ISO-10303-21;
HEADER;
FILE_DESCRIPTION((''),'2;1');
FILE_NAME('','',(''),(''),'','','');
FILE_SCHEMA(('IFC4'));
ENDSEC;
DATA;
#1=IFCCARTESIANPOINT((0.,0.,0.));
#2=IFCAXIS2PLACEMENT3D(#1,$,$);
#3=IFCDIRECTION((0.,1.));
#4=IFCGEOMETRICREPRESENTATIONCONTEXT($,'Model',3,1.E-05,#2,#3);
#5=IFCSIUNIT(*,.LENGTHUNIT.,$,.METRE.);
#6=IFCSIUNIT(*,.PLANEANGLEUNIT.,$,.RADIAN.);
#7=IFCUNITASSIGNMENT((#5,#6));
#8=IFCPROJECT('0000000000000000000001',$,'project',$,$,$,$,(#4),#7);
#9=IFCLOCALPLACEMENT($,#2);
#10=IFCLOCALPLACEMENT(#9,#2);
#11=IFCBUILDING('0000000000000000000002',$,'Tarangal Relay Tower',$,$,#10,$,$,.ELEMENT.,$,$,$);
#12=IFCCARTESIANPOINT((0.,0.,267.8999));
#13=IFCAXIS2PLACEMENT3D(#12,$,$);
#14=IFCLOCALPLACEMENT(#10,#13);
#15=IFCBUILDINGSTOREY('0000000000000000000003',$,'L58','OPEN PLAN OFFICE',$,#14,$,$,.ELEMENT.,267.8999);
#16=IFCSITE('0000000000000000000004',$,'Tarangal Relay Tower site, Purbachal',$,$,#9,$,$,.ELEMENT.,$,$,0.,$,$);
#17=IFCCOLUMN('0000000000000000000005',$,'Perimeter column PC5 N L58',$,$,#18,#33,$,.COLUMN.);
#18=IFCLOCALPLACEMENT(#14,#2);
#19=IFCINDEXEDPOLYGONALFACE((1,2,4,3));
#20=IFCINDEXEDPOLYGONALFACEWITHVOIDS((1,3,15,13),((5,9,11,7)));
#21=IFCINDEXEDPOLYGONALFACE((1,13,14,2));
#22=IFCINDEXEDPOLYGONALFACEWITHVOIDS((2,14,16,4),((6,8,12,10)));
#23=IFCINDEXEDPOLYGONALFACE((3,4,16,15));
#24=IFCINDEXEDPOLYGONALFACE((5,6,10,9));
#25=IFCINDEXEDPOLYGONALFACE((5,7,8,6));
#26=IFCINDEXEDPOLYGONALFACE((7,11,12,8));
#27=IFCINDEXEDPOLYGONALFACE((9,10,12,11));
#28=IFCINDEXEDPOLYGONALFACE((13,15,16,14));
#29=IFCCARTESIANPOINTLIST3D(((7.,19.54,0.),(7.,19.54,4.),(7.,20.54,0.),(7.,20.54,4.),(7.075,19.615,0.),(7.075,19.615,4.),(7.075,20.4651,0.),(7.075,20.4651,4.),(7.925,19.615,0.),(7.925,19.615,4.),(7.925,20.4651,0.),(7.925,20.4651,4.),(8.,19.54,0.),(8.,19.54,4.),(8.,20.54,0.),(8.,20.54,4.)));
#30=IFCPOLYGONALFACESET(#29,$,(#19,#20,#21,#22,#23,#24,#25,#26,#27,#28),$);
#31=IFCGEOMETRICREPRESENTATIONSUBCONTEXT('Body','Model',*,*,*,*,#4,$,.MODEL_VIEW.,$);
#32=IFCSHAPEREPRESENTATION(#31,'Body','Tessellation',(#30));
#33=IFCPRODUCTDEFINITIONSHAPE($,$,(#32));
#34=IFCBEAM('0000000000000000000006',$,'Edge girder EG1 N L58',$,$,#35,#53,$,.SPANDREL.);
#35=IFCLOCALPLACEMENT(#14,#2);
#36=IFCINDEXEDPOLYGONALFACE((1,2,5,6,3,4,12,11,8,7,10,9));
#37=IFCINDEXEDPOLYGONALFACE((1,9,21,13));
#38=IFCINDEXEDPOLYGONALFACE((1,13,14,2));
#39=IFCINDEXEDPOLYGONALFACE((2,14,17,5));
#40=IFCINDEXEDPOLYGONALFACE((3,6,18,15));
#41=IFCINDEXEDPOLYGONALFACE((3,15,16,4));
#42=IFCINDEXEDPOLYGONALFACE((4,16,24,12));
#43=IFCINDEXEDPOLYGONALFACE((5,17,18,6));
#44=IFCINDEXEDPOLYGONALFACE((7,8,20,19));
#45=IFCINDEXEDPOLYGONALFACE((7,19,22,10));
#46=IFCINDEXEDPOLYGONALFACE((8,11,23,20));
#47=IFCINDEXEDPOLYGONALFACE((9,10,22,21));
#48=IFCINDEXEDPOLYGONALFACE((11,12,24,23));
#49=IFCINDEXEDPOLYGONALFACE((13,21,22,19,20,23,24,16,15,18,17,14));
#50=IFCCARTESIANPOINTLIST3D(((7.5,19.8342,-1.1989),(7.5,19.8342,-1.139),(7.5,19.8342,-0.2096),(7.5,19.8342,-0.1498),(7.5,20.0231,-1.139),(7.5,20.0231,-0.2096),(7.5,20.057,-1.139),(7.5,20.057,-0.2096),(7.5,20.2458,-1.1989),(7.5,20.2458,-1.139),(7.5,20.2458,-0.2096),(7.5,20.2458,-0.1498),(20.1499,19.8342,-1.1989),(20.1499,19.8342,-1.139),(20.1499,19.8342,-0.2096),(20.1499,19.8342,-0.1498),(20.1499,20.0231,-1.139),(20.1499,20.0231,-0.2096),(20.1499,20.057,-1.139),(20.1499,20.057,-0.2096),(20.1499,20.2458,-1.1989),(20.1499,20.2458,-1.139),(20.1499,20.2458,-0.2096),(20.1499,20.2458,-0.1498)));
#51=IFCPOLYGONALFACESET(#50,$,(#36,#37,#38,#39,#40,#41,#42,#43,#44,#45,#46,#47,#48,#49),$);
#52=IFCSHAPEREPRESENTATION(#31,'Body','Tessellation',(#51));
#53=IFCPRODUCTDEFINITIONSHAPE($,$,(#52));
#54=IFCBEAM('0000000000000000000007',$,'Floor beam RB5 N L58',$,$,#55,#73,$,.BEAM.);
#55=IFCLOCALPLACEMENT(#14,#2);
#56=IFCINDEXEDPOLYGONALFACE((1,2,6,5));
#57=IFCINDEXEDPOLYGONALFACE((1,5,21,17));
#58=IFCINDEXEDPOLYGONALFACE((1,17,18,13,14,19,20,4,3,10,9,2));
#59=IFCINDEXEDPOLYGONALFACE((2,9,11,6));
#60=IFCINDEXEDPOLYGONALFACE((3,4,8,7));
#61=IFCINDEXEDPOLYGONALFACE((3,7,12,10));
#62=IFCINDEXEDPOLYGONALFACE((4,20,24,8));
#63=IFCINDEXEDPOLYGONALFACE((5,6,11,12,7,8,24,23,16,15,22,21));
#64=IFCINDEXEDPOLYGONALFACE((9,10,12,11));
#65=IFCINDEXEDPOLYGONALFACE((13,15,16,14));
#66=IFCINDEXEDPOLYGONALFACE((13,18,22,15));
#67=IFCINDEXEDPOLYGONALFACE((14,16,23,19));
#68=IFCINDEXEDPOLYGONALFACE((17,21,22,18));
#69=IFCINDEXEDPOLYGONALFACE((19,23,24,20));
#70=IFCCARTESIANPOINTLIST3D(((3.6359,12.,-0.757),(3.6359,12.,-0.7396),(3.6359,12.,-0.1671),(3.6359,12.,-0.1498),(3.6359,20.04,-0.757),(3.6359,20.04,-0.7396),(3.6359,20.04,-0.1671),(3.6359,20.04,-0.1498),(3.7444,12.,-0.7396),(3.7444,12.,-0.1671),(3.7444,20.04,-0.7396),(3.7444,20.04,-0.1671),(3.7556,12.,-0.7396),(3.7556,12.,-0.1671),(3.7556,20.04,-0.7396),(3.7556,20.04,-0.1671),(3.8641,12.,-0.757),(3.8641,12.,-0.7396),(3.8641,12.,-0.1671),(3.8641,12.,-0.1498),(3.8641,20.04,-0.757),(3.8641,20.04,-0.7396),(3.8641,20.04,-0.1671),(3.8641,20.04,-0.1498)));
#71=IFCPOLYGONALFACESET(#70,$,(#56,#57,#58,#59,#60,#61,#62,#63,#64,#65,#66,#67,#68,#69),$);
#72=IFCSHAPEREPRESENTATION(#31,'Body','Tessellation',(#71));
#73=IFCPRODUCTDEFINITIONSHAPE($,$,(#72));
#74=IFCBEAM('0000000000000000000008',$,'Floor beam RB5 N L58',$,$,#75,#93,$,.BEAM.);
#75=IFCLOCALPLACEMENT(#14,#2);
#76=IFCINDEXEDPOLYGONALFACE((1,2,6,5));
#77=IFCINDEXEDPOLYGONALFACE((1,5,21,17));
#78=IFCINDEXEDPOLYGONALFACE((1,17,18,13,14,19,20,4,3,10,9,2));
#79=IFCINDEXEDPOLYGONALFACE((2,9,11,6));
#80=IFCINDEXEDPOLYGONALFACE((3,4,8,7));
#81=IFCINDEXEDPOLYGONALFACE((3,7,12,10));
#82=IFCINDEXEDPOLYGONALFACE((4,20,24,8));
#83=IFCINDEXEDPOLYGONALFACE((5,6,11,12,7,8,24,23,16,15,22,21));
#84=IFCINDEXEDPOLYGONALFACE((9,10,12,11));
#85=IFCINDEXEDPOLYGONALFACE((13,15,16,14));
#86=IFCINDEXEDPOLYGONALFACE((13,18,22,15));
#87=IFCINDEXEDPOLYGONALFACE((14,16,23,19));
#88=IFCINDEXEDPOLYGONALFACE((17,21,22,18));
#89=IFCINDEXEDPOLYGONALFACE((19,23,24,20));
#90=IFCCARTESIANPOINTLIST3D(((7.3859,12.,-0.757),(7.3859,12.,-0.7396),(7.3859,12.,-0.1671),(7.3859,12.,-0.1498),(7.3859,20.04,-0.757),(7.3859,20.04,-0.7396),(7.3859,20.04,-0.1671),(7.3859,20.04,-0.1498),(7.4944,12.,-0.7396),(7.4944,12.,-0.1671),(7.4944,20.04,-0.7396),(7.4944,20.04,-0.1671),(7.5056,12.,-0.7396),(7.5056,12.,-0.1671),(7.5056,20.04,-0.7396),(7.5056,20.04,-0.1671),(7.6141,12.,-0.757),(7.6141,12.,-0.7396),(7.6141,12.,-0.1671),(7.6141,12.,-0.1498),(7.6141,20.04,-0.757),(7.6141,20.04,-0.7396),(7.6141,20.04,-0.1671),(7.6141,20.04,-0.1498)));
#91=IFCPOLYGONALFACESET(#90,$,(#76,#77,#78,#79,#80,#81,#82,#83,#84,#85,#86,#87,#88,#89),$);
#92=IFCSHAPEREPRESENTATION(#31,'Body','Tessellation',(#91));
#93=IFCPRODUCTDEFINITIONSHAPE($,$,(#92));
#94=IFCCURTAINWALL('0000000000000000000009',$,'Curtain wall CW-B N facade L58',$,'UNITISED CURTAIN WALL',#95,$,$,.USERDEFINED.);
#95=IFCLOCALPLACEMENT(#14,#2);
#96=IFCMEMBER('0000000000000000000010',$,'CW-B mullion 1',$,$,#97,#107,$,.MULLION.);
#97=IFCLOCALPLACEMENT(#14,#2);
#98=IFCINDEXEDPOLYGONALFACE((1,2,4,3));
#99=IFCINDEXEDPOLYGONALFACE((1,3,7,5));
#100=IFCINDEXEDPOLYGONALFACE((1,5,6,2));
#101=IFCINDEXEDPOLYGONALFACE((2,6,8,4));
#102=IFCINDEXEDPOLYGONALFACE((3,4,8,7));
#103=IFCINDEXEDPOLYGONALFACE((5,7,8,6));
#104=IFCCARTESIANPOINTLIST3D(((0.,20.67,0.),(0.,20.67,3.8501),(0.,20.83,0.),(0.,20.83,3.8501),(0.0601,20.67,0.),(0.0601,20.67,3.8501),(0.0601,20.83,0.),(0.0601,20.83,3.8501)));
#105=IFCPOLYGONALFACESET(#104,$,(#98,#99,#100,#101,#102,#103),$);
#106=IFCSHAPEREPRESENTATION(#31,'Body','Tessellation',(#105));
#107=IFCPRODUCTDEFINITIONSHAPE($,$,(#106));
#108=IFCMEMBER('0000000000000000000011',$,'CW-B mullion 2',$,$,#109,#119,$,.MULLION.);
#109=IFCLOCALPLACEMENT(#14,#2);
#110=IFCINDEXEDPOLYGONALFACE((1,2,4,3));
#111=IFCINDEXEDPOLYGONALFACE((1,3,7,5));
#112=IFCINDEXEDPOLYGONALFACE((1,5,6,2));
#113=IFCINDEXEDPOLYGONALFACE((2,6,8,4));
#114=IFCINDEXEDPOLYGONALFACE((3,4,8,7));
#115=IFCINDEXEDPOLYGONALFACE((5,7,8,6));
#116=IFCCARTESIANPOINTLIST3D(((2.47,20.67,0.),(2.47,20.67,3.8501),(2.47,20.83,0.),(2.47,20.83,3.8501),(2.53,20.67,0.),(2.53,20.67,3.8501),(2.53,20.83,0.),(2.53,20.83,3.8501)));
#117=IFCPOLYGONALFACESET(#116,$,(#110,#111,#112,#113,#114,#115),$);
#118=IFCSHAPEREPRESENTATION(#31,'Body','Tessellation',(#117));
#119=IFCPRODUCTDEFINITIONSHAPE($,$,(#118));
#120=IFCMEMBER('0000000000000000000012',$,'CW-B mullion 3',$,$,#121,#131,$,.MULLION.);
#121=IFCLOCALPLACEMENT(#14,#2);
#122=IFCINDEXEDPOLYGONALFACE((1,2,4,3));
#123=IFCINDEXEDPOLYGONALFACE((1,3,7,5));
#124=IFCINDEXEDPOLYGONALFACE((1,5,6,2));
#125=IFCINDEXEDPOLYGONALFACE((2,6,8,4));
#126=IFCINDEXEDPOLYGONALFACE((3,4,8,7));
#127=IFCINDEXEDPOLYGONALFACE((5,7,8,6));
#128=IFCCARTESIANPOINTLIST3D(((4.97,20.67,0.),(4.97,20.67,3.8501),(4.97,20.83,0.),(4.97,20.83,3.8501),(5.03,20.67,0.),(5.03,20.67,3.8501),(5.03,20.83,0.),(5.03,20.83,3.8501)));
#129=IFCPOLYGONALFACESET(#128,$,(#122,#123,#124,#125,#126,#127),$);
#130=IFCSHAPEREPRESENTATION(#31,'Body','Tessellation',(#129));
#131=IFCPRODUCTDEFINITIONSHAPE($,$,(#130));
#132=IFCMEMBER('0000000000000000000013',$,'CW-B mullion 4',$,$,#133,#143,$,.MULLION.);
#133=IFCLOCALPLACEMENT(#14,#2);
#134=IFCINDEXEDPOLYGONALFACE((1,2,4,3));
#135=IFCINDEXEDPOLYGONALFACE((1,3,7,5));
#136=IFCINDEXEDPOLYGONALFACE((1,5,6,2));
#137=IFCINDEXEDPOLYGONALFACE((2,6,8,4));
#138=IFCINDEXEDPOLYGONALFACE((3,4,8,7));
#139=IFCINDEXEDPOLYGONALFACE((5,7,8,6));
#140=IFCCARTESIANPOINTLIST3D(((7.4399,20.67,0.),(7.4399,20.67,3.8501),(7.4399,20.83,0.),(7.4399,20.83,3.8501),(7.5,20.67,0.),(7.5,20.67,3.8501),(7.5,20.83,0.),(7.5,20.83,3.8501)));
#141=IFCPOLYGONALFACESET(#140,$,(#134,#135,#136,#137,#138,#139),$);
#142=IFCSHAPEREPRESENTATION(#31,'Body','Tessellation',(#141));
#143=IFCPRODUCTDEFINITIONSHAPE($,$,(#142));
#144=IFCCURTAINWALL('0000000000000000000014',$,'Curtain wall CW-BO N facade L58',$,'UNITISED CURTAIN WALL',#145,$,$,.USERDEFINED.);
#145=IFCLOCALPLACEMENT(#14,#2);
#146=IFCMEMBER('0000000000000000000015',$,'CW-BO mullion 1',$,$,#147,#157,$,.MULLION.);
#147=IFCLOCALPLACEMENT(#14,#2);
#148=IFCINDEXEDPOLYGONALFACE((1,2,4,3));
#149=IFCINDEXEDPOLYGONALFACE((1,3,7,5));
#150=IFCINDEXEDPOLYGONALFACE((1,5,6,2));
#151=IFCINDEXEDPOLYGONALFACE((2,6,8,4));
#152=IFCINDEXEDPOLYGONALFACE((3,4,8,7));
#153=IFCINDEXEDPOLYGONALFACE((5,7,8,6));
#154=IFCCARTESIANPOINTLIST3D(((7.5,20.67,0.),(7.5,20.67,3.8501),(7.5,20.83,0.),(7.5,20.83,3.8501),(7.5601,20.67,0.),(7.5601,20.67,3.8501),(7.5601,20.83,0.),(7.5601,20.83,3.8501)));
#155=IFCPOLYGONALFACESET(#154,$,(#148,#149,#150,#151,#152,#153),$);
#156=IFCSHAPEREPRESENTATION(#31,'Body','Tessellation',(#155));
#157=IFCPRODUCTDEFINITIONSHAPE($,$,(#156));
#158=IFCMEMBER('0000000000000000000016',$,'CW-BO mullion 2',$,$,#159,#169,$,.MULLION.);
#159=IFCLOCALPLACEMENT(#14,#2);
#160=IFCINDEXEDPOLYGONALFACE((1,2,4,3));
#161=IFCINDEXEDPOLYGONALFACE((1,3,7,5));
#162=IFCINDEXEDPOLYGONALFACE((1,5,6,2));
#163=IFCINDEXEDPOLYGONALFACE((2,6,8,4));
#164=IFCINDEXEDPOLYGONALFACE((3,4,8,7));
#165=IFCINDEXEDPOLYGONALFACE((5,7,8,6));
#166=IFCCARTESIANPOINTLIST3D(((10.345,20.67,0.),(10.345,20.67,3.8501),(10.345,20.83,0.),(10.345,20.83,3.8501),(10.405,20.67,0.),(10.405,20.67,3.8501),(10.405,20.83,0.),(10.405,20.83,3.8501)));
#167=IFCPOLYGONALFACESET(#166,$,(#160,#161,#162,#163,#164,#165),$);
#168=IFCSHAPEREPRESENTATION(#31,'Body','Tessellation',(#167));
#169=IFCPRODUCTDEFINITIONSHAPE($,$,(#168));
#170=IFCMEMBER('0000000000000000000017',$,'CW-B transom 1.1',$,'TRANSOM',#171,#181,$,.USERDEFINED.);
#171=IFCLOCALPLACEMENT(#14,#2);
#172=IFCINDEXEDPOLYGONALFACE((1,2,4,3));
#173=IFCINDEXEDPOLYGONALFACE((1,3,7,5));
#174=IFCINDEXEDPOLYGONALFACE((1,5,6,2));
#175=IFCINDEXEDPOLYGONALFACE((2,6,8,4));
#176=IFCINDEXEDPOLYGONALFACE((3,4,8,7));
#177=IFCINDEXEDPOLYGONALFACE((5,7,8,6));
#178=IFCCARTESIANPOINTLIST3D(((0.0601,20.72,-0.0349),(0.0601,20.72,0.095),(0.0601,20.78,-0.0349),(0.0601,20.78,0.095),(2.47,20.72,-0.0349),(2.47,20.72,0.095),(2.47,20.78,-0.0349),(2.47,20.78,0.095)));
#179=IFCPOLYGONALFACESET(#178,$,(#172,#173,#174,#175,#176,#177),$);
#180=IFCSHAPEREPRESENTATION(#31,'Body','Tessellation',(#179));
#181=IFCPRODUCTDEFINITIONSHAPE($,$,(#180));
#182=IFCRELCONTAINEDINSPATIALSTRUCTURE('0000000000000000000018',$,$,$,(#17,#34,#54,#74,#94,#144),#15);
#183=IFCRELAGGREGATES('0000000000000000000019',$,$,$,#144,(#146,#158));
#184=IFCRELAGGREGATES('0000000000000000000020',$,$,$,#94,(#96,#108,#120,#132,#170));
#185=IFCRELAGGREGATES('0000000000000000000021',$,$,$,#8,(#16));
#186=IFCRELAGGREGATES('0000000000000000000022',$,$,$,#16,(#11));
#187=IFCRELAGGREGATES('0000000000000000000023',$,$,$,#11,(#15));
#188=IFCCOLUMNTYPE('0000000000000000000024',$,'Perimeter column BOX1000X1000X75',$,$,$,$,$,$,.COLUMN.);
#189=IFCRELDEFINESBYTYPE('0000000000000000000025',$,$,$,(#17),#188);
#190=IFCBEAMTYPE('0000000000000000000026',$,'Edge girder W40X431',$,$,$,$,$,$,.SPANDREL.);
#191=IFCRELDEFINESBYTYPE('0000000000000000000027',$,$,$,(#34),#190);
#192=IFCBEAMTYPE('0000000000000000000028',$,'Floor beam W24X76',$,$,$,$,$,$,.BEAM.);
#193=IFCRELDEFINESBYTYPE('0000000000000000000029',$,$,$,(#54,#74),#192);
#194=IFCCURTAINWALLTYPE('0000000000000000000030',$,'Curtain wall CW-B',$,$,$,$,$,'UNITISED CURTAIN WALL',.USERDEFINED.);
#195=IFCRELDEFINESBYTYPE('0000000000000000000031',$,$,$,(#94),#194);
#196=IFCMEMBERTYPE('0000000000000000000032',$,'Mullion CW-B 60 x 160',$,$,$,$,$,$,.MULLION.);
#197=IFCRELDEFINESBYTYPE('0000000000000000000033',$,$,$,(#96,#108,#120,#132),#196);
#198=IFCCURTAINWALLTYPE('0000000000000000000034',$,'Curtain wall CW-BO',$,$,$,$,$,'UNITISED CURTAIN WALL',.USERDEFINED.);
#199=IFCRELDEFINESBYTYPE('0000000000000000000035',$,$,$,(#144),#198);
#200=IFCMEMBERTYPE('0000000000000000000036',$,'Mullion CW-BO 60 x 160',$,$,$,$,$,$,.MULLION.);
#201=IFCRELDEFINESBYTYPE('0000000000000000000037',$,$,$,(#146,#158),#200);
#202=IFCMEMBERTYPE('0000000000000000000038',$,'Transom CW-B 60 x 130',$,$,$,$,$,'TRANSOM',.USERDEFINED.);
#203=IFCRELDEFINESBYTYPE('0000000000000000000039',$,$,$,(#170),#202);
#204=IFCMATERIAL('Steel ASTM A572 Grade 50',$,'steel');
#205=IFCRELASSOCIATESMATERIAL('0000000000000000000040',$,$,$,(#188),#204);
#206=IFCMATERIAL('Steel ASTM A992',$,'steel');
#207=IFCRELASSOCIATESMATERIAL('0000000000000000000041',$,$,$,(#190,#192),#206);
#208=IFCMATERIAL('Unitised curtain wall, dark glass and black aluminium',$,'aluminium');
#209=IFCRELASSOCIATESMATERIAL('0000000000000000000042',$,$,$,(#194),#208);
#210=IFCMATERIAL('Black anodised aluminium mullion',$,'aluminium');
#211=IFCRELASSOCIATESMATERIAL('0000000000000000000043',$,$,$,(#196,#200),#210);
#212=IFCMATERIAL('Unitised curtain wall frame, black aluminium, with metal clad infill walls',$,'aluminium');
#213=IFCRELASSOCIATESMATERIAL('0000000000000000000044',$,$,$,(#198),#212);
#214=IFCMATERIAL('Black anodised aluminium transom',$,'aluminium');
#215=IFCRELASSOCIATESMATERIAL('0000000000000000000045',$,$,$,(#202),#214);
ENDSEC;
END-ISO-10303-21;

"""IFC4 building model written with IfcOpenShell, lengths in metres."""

from ifc_helpers import new_model, si_unit, direction, frame, origin, origin_2d, place, context, subcontext, project, spatial, rectangle, hollow_rectangle, i_section, extrude, material, material_profile, profile_set, type_object, element, aggregate, save


model = new_model("IFC4")

# Units and contexts
model_context = context("Model", 3, precision=1e-05, world=origin(), true_north=direction((0.0, 1.0)))
body_context = subcontext(model_context, "Body", "Model", "MODEL_VIEW")
ifc_project = project(units=[si_unit("LENGTHUNIT", "METRE"), si_unit("PLANEANGLEUNIT", "RADIAN")], contexts=[model_context])

# Site, building, storey
site_placement = place(None, origin())
site = spatial("IfcSite", under=ifc_project, at=site_placement, Name="Tarangal Relay Tower site, Purbachal", CompositionType="ELEMENT", RefElevation=0.0)
building_placement = place(site_placement, origin())
building = spatial("IfcBuilding", under=site, at=building_placement, Name="Tarangal Relay Tower", CompositionType="ELEMENT")
storey_placement = place(building_placement, frame((0.0, 0.0, 267.8999)))
storey = spatial("IfcBuildingStorey", under=building, at=storey_placement, Name="L58", Description="OPEN PLAN OFFICE", CompositionType="ELEMENT", Elevation=267.8999)

# Column
ifc_material_1 = material(Name="Steel ASTM A572 Grade 50", Category="steel")
ifc_material_profile_1 = material_profile(ifc_material_1, hollow_rectangle(XDim=1.0, YDim=1.0, WallThickness=0.075, at=origin_2d()), Name="BOX1000X1000X75")
ifc_profile_set_1 = profile_set([ifc_material_profile_1], Name="Steel ASTM A572 Grade 50")
column_type = type_object("IfcColumnType", Name="Perimeter column BOX1000X1000X75", PredefinedType="COLUMN", material=ifc_profile_set_1)
column_placement = place(storey_placement, frame((7.5, 20.04, 0.0), z_axis=(0.0, 0.0, 1.0), x_axis=(1.0, 0.0, 0.0)))
element("IfcColumn", 1, at=column_placement, inside=storey, type_object=column_type, Name="Perimeter column PC5 N L58", PredefinedType="COLUMN", context=body_context, shape_type="SweptSolid", body=[
    extrude(hollow_rectangle(XDim=1.0, YDim=1.0, WallThickness=0.075, at=origin_2d()), origin(), (0.0, 0.0, 1.0), 4.0),
])

# Beams
ifc_material_2 = material(Name="Steel ASTM A992", Category="steel")
ifc_material_profile_2 = material_profile(ifc_material_2, i_section(OverallWidth=0.4116, OverallDepth=1.0491, WebThickness=0.0339, FlangeThickness=0.0598, at=origin_2d()), Name="W40X431")
ifc_profile_set_2 = profile_set([ifc_material_profile_2], Name="Steel ASTM A992")
beam_type_1 = type_object("IfcBeamType", Name="Edge girder W40X431", PredefinedType="SPANDREL", material=ifc_profile_set_2)
beam_placement = place(storey_placement, frame((7.5, 20.04, -0.6743), z_axis=(1.0, 0.0, 0.0), x_axis=(0.0, 1.0, 0.0)))
element("IfcBeam", 2, at=beam_placement, inside=storey, type_object=beam_type_1, Name="Edge girder EG1 N L58", PredefinedType="SPANDREL", context=body_context, shape_type="SweptSolid", body=[
    extrude(i_section(OverallWidth=0.4116, OverallDepth=1.0491, WebThickness=0.0339, FlangeThickness=0.0598, at=origin_2d()), origin(), (0.0, 0.0, 1.0), 12.6499),
])
ifc_material_profile_3 = material_profile(ifc_material_2, i_section(OverallWidth=0.2283, OverallDepth=0.6072, WebThickness=0.0112, FlangeThickness=0.0173, at=origin_2d()), Name="W24X76")
ifc_profile_set_3 = profile_set([ifc_material_profile_3], Name="Steel ASTM A992")
beam_type_2 = type_object("IfcBeamType", Name="Floor beam W24X76", PredefinedType="BEAM", material=ifc_profile_set_3)
for number, where, z_axis, x_axis, name in (
    (3, (3.75, 12.0, -0.4534), (0.0, 1.0, 0.0), (-1.0, 0.0, 0.0), "Floor beam RB5 N L58"),
    (4, (7.5, 12.0, -0.4534), (0.0, 1.0, 0.0), (-1.0, 0.0, 0.0), "Floor beam RB5 N L58"),
):
    element("IfcBeam", number, at=place(storey_placement, frame(where, z_axis=z_axis, x_axis=x_axis)), inside=storey, type_object=beam_type_2, Name=name, PredefinedType="BEAM", context=body_context, shape_type="SweptSolid", body=[
        extrude(i_section(OverallWidth=0.2283, OverallDepth=0.6072, WebThickness=0.0112, FlangeThickness=0.0173, at=origin_2d()), origin(), (0.0, 0.0, 1.0), 8.04),
    ])

# Curtain walls, members
ifc_material_3 = material(Name="Unitised curtain wall, dark glass and black aluminium", Category="aluminium")
curtain_wall_type_1 = type_object("IfcCurtainWallType", Name="Curtain wall CW-B", ElementType="UNITISED CURTAIN WALL", PredefinedType="USERDEFINED", material=ifc_material_3)
curtain_wall_1_placement = place(storey_placement, origin())
curtain_wall_1 = element("IfcCurtainWall", 5, at=curtain_wall_1_placement, inside=storey, type_object=curtain_wall_type_1, Name="Curtain wall CW-B N facade L58", ObjectType="UNITISED CURTAIN WALL", PredefinedType="USERDEFINED")
ifc_material_4 = material(Name="Black anodised aluminium mullion", Category="aluminium")
ifc_material_profile_4 = material_profile(ifc_material_4, rectangle(XDim=0.1599, YDim=0.0601, at=origin_2d()), Name="CW-BM 60X160")
ifc_profile_set_4 = profile_set([ifc_material_profile_4], Name="Black anodised aluminium mullion")
member_type_1 = type_object("IfcMemberType", Name="Mullion CW-B 60 x 160", PredefinedType="MULLION", material=ifc_profile_set_4)
member_1_placement = place(storey_placement, frame((0.03, 20.75, 0.0), z_axis=(0.0, 0.0, 1.0), x_axis=(0.0, 1.0, 0.0)))
member_1 = element("IfcMember", 6, at=member_1_placement, type_object=member_type_1, Name="CW-B mullion 1", PredefinedType="MULLION", context=body_context, shape_type="SweptSolid", body=[
    extrude(rectangle(XDim=0.1599, YDim=0.0601, at=origin_2d()), origin(), (0.0, 0.0, 1.0), 3.8501),
])
member_2_placement = place(storey_placement, frame((2.5, 20.75, 0.0), z_axis=(0.0, 0.0, 1.0), x_axis=(0.0, 1.0, 0.0)))
member_2 = element("IfcMember", 7, at=member_2_placement, type_object=member_type_1, Name="CW-B mullion 2", PredefinedType="MULLION", context=body_context, shape_type="SweptSolid", body=[
    extrude(rectangle(XDim=0.1599, YDim=0.0601, at=origin_2d()), origin(), (0.0, 0.0, 1.0), 3.8501),
])
member_3_placement = place(storey_placement, frame((5.0, 20.75, 0.0), z_axis=(0.0, 0.0, 1.0), x_axis=(0.0, 1.0, 0.0)))
member_3 = element("IfcMember", 8, at=member_3_placement, type_object=member_type_1, Name="CW-B mullion 3", PredefinedType="MULLION", context=body_context, shape_type="SweptSolid", body=[
    extrude(rectangle(XDim=0.1599, YDim=0.0601, at=origin_2d()), origin(), (0.0, 0.0, 1.0), 3.8501),
])
member_4_placement = place(storey_placement, frame((7.47, 20.75, 0.0), z_axis=(0.0, 0.0, 1.0), x_axis=(0.0, 1.0, 0.0)))
member_4 = element("IfcMember", 9, at=member_4_placement, type_object=member_type_1, Name="CW-B mullion 4", PredefinedType="MULLION", context=body_context, shape_type="SweptSolid", body=[
    extrude(rectangle(XDim=0.1599, YDim=0.0601, at=origin_2d()), origin(), (0.0, 0.0, 1.0), 3.8501),
])
ifc_material_5 = material(Name="Unitised curtain wall frame, black aluminium, with metal clad infill walls", Category="aluminium")
curtain_wall_type_2 = type_object("IfcCurtainWallType", Name="Curtain wall CW-BO", ElementType="UNITISED CURTAIN WALL", PredefinedType="USERDEFINED", material=ifc_material_5)
curtain_wall_2_placement = place(storey_placement, origin())
curtain_wall_2 = element("IfcCurtainWall", 10, at=curtain_wall_2_placement, inside=storey, type_object=curtain_wall_type_2, Name="Curtain wall CW-BO N facade L58", ObjectType="UNITISED CURTAIN WALL", PredefinedType="USERDEFINED")
ifc_material_profile_5 = material_profile(ifc_material_4, rectangle(XDim=0.1599, YDim=0.0601, at=origin_2d()), Name="CW-BOM 60X160")
ifc_profile_set_5 = profile_set([ifc_material_profile_5], Name="Black anodised aluminium mullion")
member_type_2 = type_object("IfcMemberType", Name="Mullion CW-BO 60 x 160", PredefinedType="MULLION", material=ifc_profile_set_5)
member_5_placement = place(storey_placement, frame((7.53, 20.75, 0.0), z_axis=(0.0, 0.0, 1.0), x_axis=(0.0, 1.0, 0.0)))
member_5 = element("IfcMember", 11, at=member_5_placement, type_object=member_type_2, Name="CW-BO mullion 1", PredefinedType="MULLION", context=body_context, shape_type="SweptSolid", body=[
    extrude(rectangle(XDim=0.1599, YDim=0.0601, at=origin_2d()), origin(), (0.0, 0.0, 1.0), 3.8501),
])
member_6_placement = place(storey_placement, frame((10.375, 20.75, 0.0), z_axis=(0.0, 0.0, 1.0), x_axis=(0.0, 1.0, 0.0)))
member_6 = element("IfcMember", 12, at=member_6_placement, type_object=member_type_2, Name="CW-BO mullion 2", PredefinedType="MULLION", context=body_context, shape_type="SweptSolid", body=[
    extrude(rectangle(XDim=0.1599, YDim=0.0601, at=origin_2d()), origin(), (0.0, 0.0, 1.0), 3.8501),
])

# Member
ifc_material_6 = material(Name="Black anodised aluminium transom", Category="aluminium")
ifc_material_profile_6 = material_profile(ifc_material_6, rectangle(XDim=0.0601, YDim=0.1299, at=origin_2d()), Name="CW-BT 60X130")
ifc_profile_set_6 = profile_set([ifc_material_profile_6], Name="Black anodised aluminium transom")
member_type_3 = type_object("IfcMemberType", Name="Transom CW-B 60 x 130", ElementType="TRANSOM", PredefinedType="USERDEFINED", material=ifc_profile_set_6)
member_7_placement = place(storey_placement, frame((0.0601, 20.75, 0.03), z_axis=(1.0, 0.0, 0.0), x_axis=(0.0, 1.0, 0.0)))
member_7 = element("IfcMember", 13, at=member_7_placement, type_object=member_type_3, Name="CW-B transom 1.1", ObjectType="TRANSOM", PredefinedType="USERDEFINED", context=body_context, shape_type="SweptSolid", body=[
    extrude(rectangle(XDim=0.0601, YDim=0.1299, at=origin_2d()), origin(), (0.0, 0.0, 1.0), 2.4099),
])
aggregate(curtain_wall_2, [member_5, member_6])

aggregate(curtain_wall_1, [member_1, member_2, member_3, member_4, member_7])

save(model, "model.ifc")
